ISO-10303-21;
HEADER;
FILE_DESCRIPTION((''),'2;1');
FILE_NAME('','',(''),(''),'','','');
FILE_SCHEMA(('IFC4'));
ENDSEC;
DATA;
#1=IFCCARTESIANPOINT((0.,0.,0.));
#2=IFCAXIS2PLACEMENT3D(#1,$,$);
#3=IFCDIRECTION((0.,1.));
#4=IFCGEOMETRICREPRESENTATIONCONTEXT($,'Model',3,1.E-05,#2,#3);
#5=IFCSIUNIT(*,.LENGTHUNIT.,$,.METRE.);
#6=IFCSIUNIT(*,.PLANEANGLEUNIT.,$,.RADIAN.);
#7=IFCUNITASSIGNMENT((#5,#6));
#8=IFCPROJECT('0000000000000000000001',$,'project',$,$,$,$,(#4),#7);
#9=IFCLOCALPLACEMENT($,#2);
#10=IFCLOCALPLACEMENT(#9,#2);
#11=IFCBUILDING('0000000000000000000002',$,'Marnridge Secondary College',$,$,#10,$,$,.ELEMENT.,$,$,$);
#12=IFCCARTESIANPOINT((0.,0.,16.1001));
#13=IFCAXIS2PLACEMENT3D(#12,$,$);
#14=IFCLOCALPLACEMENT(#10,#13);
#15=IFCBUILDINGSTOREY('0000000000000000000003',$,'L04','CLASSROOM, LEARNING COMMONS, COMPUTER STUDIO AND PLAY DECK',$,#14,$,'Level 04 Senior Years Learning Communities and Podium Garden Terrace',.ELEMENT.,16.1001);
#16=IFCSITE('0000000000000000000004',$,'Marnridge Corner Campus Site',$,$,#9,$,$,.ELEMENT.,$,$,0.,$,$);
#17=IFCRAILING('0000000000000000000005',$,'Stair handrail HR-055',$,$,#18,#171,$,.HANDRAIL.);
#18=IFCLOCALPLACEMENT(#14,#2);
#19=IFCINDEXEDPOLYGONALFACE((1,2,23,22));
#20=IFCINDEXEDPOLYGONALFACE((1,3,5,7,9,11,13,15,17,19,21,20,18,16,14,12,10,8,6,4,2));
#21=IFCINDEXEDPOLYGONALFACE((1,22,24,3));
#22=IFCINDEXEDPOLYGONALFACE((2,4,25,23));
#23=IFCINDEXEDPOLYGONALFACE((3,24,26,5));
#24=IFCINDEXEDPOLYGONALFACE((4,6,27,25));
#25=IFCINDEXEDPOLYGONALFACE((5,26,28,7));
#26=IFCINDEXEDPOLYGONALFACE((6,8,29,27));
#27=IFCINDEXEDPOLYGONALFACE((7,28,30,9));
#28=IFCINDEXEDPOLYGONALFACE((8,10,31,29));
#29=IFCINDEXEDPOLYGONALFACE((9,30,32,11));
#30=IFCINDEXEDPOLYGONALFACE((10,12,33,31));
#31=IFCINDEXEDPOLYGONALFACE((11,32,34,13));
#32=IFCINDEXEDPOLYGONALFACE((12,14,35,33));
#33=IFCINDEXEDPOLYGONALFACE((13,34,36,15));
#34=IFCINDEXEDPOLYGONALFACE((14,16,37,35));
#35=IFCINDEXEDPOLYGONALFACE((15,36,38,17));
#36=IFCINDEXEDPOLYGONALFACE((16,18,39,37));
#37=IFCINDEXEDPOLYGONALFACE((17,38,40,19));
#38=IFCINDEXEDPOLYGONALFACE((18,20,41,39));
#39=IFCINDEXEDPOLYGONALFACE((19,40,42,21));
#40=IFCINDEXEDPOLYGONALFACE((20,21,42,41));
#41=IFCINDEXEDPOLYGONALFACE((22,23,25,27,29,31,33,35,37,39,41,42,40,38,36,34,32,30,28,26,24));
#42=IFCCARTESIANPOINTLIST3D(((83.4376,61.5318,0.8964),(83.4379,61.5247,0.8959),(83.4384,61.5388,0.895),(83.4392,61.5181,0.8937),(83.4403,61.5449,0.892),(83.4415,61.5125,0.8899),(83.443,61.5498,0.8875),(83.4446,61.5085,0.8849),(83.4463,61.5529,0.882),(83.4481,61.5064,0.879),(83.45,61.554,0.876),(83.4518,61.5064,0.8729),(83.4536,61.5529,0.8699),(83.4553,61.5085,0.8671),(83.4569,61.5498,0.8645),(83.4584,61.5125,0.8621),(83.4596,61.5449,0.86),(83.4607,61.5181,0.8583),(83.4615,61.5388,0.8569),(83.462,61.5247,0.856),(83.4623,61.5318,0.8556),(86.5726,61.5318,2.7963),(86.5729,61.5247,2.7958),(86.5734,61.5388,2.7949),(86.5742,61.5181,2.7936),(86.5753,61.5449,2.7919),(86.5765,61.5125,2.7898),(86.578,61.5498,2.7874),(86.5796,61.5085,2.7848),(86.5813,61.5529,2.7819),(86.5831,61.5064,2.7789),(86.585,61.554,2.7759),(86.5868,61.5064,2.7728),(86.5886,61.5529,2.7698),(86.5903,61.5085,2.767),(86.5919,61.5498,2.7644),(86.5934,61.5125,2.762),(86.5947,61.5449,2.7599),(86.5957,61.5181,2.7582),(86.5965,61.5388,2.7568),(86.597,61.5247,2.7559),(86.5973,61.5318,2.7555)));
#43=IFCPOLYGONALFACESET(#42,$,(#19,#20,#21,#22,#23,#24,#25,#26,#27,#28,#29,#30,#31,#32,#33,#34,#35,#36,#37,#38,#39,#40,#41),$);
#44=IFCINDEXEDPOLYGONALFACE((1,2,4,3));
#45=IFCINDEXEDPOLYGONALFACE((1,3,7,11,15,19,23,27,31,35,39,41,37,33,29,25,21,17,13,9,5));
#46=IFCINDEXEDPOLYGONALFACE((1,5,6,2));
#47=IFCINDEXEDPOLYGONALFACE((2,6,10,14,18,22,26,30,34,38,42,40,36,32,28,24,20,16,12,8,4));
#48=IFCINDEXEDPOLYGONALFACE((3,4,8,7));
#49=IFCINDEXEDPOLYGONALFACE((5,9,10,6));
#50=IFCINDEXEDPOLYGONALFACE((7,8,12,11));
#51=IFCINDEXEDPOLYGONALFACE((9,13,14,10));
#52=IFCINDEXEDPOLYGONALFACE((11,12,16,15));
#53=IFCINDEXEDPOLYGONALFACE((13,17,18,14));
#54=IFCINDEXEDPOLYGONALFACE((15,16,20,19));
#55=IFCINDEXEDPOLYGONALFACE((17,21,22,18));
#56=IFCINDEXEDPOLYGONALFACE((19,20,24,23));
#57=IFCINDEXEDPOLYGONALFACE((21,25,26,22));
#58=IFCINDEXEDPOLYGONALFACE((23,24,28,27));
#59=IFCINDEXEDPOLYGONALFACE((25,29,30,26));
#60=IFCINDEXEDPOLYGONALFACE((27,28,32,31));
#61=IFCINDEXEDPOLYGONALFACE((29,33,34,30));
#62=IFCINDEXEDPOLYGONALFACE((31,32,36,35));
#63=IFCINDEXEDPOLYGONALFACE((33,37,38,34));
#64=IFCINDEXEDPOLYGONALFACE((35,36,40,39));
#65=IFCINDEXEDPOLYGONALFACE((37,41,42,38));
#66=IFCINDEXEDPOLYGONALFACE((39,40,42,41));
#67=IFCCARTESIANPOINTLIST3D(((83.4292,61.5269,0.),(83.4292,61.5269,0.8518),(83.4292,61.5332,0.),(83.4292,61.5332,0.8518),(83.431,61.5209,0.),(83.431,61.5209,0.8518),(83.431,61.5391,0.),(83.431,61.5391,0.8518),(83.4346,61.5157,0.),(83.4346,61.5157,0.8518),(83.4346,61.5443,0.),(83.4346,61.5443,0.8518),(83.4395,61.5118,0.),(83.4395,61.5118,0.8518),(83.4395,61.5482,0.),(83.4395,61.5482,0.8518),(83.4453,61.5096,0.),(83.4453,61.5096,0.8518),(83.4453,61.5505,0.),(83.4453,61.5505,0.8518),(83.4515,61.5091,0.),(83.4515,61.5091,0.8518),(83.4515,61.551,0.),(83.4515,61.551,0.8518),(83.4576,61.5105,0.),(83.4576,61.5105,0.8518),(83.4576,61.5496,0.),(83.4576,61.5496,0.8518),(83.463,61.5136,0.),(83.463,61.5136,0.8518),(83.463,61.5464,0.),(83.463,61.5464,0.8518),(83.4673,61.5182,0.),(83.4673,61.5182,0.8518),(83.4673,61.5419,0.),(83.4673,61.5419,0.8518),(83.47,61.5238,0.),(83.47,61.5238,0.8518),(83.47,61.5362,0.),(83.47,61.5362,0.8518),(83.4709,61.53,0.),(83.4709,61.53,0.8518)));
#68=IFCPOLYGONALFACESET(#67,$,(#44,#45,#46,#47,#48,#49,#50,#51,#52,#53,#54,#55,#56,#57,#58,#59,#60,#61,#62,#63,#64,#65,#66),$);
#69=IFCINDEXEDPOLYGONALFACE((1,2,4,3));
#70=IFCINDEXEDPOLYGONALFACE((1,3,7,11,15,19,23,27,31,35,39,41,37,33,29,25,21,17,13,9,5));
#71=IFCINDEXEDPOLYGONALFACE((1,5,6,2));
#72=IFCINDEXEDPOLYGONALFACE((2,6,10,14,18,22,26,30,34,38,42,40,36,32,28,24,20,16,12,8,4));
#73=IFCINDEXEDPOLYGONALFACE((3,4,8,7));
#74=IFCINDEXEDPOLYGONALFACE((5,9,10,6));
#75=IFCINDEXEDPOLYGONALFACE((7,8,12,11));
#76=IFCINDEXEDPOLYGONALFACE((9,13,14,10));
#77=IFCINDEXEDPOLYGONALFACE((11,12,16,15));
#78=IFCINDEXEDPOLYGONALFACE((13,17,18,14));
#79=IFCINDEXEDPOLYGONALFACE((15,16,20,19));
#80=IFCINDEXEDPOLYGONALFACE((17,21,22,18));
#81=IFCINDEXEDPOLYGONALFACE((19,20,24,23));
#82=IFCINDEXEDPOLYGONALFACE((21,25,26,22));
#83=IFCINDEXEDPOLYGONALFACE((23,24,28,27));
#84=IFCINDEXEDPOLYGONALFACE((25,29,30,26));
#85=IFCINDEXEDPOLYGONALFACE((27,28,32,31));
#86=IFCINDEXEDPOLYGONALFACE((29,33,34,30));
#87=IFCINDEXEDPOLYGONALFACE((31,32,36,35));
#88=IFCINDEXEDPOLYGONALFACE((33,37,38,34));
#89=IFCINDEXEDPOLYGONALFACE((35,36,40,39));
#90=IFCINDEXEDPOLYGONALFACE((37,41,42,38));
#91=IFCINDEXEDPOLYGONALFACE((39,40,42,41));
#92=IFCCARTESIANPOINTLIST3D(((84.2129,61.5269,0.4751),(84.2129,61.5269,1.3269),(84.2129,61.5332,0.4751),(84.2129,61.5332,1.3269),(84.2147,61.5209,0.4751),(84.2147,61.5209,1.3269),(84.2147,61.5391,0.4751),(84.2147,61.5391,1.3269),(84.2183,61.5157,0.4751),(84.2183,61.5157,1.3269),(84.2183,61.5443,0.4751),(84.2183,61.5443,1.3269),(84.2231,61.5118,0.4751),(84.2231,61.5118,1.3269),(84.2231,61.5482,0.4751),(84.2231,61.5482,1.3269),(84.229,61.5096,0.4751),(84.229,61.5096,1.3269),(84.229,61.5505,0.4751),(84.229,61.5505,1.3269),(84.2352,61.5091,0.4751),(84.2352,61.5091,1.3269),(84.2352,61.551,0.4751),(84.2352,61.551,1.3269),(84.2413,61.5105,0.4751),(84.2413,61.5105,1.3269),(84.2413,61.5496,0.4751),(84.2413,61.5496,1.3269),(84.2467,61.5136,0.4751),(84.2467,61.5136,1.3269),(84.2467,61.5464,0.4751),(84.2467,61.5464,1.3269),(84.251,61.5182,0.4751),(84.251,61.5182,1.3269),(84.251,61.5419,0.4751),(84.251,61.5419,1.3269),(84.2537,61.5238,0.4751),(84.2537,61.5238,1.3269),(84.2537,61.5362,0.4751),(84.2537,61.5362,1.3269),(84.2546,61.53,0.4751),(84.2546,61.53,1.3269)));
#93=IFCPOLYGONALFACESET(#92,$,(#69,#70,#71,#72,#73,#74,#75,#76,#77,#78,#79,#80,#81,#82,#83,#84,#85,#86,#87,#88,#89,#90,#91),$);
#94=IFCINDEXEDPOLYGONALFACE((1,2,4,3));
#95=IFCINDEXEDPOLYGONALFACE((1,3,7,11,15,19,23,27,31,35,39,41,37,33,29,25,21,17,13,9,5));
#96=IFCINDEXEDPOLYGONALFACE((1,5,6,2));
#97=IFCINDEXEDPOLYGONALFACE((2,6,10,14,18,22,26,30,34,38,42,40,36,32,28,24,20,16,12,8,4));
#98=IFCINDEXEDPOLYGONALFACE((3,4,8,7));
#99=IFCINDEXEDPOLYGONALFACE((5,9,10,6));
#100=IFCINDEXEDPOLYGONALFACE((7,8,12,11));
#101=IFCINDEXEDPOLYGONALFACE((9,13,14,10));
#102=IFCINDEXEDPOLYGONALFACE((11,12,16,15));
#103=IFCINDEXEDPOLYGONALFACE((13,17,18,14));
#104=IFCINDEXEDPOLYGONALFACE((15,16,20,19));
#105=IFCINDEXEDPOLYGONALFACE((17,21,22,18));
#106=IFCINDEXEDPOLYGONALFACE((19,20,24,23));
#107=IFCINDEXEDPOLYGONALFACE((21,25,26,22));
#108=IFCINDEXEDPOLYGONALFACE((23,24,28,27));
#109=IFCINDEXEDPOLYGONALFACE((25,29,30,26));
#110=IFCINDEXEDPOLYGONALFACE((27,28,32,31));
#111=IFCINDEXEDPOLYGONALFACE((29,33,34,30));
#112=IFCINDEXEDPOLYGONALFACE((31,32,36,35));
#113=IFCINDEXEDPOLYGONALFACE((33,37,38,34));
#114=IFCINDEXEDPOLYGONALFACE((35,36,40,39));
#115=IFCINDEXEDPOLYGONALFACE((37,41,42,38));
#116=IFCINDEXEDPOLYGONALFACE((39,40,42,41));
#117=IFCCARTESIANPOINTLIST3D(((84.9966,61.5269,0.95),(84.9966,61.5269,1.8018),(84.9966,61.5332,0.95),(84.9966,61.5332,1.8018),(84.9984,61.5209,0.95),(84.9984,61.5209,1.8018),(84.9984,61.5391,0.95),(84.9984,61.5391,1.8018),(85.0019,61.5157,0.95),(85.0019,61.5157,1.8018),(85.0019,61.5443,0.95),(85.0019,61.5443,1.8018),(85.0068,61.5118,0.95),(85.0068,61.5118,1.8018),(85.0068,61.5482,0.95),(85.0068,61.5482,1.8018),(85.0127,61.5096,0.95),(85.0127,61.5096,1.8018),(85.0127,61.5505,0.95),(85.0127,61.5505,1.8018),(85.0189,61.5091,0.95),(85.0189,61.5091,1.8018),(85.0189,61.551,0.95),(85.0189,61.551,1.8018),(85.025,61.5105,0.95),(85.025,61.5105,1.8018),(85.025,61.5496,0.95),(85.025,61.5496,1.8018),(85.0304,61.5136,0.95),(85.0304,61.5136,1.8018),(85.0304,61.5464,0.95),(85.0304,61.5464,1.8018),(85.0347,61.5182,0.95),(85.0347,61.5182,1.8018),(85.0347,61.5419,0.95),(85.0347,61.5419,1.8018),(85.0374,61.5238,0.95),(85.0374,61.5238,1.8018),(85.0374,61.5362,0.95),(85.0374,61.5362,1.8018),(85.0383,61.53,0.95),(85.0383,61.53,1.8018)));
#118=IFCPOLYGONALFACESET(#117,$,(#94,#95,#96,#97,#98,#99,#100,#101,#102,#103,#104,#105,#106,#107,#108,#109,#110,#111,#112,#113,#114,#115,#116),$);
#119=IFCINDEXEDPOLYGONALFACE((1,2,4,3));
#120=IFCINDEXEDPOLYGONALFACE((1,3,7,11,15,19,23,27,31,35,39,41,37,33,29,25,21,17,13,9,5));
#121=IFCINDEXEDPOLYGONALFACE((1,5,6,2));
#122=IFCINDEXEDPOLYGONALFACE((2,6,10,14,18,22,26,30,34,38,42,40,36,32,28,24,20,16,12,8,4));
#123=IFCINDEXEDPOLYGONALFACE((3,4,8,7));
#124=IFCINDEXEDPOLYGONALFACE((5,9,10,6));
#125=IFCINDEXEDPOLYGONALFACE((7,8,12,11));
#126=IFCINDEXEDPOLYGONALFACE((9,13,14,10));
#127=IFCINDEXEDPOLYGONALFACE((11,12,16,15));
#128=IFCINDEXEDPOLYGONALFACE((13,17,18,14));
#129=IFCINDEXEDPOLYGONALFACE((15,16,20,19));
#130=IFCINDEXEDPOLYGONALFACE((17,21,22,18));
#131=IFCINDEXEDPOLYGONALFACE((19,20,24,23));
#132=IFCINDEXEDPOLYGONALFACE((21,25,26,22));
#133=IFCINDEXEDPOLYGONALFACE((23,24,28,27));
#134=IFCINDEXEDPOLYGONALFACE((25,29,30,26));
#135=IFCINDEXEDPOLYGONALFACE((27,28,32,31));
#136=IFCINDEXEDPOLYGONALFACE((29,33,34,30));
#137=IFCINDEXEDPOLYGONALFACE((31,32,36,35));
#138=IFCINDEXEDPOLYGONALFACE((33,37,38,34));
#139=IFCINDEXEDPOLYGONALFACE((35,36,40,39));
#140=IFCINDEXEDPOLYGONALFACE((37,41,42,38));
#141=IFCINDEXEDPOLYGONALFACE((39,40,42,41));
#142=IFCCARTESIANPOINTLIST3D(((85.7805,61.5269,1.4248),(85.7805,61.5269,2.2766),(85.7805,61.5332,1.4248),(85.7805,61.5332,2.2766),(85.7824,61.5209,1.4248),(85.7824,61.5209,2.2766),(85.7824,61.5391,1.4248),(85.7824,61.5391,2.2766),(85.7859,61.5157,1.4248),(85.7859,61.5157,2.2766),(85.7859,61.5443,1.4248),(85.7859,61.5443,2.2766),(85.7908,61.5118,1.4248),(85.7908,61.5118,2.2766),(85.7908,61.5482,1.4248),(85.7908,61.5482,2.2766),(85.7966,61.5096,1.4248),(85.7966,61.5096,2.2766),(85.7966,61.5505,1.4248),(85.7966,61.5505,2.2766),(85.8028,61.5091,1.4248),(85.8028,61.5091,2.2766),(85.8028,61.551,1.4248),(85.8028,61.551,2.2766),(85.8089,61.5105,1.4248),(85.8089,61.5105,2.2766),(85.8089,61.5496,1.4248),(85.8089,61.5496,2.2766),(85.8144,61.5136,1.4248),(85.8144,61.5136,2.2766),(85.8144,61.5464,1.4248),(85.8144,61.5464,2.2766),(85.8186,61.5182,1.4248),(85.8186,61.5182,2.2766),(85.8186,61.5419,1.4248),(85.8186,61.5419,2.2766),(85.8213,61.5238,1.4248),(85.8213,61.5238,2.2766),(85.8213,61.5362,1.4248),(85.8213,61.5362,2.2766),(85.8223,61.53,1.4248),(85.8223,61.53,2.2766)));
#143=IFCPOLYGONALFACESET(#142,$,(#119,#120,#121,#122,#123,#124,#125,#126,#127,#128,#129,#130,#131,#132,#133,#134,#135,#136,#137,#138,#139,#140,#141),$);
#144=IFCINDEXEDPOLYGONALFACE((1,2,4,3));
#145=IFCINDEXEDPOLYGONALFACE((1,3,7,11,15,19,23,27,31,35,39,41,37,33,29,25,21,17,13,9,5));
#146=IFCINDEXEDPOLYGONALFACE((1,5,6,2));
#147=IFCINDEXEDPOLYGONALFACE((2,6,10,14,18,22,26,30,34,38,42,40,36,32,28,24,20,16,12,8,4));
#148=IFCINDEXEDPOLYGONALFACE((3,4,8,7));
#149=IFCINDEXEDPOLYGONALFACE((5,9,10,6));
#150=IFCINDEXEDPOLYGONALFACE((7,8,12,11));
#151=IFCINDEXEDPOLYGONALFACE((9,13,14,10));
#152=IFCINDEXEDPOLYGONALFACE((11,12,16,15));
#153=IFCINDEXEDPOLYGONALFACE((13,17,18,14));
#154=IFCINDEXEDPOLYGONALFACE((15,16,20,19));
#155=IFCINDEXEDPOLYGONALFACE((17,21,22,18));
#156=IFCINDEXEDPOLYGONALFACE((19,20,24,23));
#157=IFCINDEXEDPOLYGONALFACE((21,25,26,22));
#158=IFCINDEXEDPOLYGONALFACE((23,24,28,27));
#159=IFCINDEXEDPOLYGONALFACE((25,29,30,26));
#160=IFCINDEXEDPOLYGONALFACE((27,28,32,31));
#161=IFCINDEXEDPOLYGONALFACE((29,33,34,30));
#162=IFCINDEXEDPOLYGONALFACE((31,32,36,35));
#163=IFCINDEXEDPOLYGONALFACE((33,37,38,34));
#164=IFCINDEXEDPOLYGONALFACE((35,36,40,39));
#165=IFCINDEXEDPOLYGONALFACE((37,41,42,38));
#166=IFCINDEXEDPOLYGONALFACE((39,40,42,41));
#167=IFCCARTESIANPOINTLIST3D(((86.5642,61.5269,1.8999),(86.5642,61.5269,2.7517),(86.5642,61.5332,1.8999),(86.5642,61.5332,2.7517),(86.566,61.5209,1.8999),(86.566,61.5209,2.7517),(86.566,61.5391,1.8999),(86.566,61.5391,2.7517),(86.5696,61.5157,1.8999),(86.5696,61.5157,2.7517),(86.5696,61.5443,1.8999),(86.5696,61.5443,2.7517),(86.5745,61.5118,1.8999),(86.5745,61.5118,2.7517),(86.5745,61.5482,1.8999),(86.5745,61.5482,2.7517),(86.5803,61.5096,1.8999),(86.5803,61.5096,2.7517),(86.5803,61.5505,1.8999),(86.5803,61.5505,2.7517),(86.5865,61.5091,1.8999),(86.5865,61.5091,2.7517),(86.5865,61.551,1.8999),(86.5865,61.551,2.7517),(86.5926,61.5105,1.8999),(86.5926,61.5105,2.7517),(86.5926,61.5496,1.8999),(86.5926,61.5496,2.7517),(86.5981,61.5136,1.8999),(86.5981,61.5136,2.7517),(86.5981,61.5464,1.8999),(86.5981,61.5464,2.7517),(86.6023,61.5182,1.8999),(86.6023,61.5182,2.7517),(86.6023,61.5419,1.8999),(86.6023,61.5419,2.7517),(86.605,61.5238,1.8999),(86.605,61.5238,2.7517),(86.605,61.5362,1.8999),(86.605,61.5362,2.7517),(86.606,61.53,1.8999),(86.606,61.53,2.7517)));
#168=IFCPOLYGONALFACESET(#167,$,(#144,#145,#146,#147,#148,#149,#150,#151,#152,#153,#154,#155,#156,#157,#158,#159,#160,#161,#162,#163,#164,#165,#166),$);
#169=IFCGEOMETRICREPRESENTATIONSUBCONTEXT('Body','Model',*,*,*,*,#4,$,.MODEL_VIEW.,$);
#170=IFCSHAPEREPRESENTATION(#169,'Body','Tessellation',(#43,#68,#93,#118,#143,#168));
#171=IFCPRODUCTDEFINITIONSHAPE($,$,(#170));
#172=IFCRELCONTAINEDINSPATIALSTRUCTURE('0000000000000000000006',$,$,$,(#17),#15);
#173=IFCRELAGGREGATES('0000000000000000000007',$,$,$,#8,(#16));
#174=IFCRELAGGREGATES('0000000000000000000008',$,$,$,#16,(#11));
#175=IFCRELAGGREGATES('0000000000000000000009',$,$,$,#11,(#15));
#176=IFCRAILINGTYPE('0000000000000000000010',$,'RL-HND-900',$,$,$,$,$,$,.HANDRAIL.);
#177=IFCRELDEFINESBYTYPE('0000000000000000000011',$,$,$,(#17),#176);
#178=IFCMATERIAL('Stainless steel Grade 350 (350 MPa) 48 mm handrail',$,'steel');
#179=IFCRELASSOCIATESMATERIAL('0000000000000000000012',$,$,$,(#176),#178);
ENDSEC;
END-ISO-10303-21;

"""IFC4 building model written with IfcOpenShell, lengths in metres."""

from ifc_helpers import new_model, si_unit, direction, frame, origin, origin_2d, place, context, subcontext, project, spatial, circle, extrude, material, type_object, element, save


model = new_model("IFC4")

# Units and contexts
model_context = context("Model", 3, precision=1e-05, world=origin(), true_north=direction((0.0, 1.0)))
body_context = subcontext(model_context, "Body", "Model", "MODEL_VIEW")
ifc_project = project(units=[si_unit("LENGTHUNIT", "METRE"), si_unit("PLANEANGLEUNIT", "RADIAN")], contexts=[model_context])

# Site, building, storey
site_placement = place(None, origin())
site = spatial("IfcSite", under=ifc_project, at=site_placement, Name="Marnridge Corner Campus Site", CompositionType="ELEMENT", RefElevation=0.0)
building_placement = place(site_placement, origin())
building = spatial("IfcBuilding", under=site, at=building_placement, Name="Marnridge Secondary College", CompositionType="ELEMENT")
storey_placement = place(building_placement, frame((0.0, 0.0, 16.1001)))
storey = spatial("IfcBuildingStorey", under=building, at=storey_placement, Name="L04", Description="CLASSROOM, LEARNING COMMONS, COMPUTER STUDIO AND PLAY DECK", LongName="Level 04 Senior Years Learning Communities and Podium Garden Terrace", CompositionType="ELEMENT", Elevation=16.1001)

# Railing
ifc_material_1 = material(Name="Stainless steel Grade 350 (350 MPa) 48 mm handrail", Category="steel")
railing_type_1 = type_object("IfcRailingType", Name="RL-HND-900", PredefinedType="HANDRAIL", material=ifc_material_1)
for number, where, name in (
    (1, (83.45, 61.53, 0.0), "Stair handrail HR-055"),
):
    element("IfcRailing", number, at=place(storey_placement, frame(where)), inside=storey, type_object=railing_type_1, Name=name, PredefinedType="HANDRAIL", context=body_context, shape_type="SweptSolid", body=[
        extrude(circle(Radius=0.0239, at=origin_2d()), frame((0.0, 0.0, 0.876), z_axis=(0.85521, 0.0, 0.518281), x_axis=(0.0, 1.0, 0.0)), (0.0, 0.0, 1.0), 3.6658),
        extrude(circle(Radius=0.021, at=origin_2d()), origin(), (0.0, 0.0, 1.0), 0.8518),
        extrude(circle(Radius=0.021, at=origin_2d()), frame((0.7837, 0.0, 0.4751)), (0.0, 0.0, 1.0), 0.8518),
        extrude(circle(Radius=0.021, at=origin_2d()), frame((1.5674, 0.0, 0.95)), (0.0, 0.0, 1.0), 0.8518),
        extrude(circle(Radius=0.021, at=origin_2d()), frame((2.3513, 0.0, 1.4248)), (0.0, 0.0, 1.0), 0.8518),
        extrude(circle(Radius=0.021, at=origin_2d()), frame((3.135, 0.0, 1.8999)), (0.0, 0.0, 1.0), 0.8518),
    ])

save(model, "model.ifc")
